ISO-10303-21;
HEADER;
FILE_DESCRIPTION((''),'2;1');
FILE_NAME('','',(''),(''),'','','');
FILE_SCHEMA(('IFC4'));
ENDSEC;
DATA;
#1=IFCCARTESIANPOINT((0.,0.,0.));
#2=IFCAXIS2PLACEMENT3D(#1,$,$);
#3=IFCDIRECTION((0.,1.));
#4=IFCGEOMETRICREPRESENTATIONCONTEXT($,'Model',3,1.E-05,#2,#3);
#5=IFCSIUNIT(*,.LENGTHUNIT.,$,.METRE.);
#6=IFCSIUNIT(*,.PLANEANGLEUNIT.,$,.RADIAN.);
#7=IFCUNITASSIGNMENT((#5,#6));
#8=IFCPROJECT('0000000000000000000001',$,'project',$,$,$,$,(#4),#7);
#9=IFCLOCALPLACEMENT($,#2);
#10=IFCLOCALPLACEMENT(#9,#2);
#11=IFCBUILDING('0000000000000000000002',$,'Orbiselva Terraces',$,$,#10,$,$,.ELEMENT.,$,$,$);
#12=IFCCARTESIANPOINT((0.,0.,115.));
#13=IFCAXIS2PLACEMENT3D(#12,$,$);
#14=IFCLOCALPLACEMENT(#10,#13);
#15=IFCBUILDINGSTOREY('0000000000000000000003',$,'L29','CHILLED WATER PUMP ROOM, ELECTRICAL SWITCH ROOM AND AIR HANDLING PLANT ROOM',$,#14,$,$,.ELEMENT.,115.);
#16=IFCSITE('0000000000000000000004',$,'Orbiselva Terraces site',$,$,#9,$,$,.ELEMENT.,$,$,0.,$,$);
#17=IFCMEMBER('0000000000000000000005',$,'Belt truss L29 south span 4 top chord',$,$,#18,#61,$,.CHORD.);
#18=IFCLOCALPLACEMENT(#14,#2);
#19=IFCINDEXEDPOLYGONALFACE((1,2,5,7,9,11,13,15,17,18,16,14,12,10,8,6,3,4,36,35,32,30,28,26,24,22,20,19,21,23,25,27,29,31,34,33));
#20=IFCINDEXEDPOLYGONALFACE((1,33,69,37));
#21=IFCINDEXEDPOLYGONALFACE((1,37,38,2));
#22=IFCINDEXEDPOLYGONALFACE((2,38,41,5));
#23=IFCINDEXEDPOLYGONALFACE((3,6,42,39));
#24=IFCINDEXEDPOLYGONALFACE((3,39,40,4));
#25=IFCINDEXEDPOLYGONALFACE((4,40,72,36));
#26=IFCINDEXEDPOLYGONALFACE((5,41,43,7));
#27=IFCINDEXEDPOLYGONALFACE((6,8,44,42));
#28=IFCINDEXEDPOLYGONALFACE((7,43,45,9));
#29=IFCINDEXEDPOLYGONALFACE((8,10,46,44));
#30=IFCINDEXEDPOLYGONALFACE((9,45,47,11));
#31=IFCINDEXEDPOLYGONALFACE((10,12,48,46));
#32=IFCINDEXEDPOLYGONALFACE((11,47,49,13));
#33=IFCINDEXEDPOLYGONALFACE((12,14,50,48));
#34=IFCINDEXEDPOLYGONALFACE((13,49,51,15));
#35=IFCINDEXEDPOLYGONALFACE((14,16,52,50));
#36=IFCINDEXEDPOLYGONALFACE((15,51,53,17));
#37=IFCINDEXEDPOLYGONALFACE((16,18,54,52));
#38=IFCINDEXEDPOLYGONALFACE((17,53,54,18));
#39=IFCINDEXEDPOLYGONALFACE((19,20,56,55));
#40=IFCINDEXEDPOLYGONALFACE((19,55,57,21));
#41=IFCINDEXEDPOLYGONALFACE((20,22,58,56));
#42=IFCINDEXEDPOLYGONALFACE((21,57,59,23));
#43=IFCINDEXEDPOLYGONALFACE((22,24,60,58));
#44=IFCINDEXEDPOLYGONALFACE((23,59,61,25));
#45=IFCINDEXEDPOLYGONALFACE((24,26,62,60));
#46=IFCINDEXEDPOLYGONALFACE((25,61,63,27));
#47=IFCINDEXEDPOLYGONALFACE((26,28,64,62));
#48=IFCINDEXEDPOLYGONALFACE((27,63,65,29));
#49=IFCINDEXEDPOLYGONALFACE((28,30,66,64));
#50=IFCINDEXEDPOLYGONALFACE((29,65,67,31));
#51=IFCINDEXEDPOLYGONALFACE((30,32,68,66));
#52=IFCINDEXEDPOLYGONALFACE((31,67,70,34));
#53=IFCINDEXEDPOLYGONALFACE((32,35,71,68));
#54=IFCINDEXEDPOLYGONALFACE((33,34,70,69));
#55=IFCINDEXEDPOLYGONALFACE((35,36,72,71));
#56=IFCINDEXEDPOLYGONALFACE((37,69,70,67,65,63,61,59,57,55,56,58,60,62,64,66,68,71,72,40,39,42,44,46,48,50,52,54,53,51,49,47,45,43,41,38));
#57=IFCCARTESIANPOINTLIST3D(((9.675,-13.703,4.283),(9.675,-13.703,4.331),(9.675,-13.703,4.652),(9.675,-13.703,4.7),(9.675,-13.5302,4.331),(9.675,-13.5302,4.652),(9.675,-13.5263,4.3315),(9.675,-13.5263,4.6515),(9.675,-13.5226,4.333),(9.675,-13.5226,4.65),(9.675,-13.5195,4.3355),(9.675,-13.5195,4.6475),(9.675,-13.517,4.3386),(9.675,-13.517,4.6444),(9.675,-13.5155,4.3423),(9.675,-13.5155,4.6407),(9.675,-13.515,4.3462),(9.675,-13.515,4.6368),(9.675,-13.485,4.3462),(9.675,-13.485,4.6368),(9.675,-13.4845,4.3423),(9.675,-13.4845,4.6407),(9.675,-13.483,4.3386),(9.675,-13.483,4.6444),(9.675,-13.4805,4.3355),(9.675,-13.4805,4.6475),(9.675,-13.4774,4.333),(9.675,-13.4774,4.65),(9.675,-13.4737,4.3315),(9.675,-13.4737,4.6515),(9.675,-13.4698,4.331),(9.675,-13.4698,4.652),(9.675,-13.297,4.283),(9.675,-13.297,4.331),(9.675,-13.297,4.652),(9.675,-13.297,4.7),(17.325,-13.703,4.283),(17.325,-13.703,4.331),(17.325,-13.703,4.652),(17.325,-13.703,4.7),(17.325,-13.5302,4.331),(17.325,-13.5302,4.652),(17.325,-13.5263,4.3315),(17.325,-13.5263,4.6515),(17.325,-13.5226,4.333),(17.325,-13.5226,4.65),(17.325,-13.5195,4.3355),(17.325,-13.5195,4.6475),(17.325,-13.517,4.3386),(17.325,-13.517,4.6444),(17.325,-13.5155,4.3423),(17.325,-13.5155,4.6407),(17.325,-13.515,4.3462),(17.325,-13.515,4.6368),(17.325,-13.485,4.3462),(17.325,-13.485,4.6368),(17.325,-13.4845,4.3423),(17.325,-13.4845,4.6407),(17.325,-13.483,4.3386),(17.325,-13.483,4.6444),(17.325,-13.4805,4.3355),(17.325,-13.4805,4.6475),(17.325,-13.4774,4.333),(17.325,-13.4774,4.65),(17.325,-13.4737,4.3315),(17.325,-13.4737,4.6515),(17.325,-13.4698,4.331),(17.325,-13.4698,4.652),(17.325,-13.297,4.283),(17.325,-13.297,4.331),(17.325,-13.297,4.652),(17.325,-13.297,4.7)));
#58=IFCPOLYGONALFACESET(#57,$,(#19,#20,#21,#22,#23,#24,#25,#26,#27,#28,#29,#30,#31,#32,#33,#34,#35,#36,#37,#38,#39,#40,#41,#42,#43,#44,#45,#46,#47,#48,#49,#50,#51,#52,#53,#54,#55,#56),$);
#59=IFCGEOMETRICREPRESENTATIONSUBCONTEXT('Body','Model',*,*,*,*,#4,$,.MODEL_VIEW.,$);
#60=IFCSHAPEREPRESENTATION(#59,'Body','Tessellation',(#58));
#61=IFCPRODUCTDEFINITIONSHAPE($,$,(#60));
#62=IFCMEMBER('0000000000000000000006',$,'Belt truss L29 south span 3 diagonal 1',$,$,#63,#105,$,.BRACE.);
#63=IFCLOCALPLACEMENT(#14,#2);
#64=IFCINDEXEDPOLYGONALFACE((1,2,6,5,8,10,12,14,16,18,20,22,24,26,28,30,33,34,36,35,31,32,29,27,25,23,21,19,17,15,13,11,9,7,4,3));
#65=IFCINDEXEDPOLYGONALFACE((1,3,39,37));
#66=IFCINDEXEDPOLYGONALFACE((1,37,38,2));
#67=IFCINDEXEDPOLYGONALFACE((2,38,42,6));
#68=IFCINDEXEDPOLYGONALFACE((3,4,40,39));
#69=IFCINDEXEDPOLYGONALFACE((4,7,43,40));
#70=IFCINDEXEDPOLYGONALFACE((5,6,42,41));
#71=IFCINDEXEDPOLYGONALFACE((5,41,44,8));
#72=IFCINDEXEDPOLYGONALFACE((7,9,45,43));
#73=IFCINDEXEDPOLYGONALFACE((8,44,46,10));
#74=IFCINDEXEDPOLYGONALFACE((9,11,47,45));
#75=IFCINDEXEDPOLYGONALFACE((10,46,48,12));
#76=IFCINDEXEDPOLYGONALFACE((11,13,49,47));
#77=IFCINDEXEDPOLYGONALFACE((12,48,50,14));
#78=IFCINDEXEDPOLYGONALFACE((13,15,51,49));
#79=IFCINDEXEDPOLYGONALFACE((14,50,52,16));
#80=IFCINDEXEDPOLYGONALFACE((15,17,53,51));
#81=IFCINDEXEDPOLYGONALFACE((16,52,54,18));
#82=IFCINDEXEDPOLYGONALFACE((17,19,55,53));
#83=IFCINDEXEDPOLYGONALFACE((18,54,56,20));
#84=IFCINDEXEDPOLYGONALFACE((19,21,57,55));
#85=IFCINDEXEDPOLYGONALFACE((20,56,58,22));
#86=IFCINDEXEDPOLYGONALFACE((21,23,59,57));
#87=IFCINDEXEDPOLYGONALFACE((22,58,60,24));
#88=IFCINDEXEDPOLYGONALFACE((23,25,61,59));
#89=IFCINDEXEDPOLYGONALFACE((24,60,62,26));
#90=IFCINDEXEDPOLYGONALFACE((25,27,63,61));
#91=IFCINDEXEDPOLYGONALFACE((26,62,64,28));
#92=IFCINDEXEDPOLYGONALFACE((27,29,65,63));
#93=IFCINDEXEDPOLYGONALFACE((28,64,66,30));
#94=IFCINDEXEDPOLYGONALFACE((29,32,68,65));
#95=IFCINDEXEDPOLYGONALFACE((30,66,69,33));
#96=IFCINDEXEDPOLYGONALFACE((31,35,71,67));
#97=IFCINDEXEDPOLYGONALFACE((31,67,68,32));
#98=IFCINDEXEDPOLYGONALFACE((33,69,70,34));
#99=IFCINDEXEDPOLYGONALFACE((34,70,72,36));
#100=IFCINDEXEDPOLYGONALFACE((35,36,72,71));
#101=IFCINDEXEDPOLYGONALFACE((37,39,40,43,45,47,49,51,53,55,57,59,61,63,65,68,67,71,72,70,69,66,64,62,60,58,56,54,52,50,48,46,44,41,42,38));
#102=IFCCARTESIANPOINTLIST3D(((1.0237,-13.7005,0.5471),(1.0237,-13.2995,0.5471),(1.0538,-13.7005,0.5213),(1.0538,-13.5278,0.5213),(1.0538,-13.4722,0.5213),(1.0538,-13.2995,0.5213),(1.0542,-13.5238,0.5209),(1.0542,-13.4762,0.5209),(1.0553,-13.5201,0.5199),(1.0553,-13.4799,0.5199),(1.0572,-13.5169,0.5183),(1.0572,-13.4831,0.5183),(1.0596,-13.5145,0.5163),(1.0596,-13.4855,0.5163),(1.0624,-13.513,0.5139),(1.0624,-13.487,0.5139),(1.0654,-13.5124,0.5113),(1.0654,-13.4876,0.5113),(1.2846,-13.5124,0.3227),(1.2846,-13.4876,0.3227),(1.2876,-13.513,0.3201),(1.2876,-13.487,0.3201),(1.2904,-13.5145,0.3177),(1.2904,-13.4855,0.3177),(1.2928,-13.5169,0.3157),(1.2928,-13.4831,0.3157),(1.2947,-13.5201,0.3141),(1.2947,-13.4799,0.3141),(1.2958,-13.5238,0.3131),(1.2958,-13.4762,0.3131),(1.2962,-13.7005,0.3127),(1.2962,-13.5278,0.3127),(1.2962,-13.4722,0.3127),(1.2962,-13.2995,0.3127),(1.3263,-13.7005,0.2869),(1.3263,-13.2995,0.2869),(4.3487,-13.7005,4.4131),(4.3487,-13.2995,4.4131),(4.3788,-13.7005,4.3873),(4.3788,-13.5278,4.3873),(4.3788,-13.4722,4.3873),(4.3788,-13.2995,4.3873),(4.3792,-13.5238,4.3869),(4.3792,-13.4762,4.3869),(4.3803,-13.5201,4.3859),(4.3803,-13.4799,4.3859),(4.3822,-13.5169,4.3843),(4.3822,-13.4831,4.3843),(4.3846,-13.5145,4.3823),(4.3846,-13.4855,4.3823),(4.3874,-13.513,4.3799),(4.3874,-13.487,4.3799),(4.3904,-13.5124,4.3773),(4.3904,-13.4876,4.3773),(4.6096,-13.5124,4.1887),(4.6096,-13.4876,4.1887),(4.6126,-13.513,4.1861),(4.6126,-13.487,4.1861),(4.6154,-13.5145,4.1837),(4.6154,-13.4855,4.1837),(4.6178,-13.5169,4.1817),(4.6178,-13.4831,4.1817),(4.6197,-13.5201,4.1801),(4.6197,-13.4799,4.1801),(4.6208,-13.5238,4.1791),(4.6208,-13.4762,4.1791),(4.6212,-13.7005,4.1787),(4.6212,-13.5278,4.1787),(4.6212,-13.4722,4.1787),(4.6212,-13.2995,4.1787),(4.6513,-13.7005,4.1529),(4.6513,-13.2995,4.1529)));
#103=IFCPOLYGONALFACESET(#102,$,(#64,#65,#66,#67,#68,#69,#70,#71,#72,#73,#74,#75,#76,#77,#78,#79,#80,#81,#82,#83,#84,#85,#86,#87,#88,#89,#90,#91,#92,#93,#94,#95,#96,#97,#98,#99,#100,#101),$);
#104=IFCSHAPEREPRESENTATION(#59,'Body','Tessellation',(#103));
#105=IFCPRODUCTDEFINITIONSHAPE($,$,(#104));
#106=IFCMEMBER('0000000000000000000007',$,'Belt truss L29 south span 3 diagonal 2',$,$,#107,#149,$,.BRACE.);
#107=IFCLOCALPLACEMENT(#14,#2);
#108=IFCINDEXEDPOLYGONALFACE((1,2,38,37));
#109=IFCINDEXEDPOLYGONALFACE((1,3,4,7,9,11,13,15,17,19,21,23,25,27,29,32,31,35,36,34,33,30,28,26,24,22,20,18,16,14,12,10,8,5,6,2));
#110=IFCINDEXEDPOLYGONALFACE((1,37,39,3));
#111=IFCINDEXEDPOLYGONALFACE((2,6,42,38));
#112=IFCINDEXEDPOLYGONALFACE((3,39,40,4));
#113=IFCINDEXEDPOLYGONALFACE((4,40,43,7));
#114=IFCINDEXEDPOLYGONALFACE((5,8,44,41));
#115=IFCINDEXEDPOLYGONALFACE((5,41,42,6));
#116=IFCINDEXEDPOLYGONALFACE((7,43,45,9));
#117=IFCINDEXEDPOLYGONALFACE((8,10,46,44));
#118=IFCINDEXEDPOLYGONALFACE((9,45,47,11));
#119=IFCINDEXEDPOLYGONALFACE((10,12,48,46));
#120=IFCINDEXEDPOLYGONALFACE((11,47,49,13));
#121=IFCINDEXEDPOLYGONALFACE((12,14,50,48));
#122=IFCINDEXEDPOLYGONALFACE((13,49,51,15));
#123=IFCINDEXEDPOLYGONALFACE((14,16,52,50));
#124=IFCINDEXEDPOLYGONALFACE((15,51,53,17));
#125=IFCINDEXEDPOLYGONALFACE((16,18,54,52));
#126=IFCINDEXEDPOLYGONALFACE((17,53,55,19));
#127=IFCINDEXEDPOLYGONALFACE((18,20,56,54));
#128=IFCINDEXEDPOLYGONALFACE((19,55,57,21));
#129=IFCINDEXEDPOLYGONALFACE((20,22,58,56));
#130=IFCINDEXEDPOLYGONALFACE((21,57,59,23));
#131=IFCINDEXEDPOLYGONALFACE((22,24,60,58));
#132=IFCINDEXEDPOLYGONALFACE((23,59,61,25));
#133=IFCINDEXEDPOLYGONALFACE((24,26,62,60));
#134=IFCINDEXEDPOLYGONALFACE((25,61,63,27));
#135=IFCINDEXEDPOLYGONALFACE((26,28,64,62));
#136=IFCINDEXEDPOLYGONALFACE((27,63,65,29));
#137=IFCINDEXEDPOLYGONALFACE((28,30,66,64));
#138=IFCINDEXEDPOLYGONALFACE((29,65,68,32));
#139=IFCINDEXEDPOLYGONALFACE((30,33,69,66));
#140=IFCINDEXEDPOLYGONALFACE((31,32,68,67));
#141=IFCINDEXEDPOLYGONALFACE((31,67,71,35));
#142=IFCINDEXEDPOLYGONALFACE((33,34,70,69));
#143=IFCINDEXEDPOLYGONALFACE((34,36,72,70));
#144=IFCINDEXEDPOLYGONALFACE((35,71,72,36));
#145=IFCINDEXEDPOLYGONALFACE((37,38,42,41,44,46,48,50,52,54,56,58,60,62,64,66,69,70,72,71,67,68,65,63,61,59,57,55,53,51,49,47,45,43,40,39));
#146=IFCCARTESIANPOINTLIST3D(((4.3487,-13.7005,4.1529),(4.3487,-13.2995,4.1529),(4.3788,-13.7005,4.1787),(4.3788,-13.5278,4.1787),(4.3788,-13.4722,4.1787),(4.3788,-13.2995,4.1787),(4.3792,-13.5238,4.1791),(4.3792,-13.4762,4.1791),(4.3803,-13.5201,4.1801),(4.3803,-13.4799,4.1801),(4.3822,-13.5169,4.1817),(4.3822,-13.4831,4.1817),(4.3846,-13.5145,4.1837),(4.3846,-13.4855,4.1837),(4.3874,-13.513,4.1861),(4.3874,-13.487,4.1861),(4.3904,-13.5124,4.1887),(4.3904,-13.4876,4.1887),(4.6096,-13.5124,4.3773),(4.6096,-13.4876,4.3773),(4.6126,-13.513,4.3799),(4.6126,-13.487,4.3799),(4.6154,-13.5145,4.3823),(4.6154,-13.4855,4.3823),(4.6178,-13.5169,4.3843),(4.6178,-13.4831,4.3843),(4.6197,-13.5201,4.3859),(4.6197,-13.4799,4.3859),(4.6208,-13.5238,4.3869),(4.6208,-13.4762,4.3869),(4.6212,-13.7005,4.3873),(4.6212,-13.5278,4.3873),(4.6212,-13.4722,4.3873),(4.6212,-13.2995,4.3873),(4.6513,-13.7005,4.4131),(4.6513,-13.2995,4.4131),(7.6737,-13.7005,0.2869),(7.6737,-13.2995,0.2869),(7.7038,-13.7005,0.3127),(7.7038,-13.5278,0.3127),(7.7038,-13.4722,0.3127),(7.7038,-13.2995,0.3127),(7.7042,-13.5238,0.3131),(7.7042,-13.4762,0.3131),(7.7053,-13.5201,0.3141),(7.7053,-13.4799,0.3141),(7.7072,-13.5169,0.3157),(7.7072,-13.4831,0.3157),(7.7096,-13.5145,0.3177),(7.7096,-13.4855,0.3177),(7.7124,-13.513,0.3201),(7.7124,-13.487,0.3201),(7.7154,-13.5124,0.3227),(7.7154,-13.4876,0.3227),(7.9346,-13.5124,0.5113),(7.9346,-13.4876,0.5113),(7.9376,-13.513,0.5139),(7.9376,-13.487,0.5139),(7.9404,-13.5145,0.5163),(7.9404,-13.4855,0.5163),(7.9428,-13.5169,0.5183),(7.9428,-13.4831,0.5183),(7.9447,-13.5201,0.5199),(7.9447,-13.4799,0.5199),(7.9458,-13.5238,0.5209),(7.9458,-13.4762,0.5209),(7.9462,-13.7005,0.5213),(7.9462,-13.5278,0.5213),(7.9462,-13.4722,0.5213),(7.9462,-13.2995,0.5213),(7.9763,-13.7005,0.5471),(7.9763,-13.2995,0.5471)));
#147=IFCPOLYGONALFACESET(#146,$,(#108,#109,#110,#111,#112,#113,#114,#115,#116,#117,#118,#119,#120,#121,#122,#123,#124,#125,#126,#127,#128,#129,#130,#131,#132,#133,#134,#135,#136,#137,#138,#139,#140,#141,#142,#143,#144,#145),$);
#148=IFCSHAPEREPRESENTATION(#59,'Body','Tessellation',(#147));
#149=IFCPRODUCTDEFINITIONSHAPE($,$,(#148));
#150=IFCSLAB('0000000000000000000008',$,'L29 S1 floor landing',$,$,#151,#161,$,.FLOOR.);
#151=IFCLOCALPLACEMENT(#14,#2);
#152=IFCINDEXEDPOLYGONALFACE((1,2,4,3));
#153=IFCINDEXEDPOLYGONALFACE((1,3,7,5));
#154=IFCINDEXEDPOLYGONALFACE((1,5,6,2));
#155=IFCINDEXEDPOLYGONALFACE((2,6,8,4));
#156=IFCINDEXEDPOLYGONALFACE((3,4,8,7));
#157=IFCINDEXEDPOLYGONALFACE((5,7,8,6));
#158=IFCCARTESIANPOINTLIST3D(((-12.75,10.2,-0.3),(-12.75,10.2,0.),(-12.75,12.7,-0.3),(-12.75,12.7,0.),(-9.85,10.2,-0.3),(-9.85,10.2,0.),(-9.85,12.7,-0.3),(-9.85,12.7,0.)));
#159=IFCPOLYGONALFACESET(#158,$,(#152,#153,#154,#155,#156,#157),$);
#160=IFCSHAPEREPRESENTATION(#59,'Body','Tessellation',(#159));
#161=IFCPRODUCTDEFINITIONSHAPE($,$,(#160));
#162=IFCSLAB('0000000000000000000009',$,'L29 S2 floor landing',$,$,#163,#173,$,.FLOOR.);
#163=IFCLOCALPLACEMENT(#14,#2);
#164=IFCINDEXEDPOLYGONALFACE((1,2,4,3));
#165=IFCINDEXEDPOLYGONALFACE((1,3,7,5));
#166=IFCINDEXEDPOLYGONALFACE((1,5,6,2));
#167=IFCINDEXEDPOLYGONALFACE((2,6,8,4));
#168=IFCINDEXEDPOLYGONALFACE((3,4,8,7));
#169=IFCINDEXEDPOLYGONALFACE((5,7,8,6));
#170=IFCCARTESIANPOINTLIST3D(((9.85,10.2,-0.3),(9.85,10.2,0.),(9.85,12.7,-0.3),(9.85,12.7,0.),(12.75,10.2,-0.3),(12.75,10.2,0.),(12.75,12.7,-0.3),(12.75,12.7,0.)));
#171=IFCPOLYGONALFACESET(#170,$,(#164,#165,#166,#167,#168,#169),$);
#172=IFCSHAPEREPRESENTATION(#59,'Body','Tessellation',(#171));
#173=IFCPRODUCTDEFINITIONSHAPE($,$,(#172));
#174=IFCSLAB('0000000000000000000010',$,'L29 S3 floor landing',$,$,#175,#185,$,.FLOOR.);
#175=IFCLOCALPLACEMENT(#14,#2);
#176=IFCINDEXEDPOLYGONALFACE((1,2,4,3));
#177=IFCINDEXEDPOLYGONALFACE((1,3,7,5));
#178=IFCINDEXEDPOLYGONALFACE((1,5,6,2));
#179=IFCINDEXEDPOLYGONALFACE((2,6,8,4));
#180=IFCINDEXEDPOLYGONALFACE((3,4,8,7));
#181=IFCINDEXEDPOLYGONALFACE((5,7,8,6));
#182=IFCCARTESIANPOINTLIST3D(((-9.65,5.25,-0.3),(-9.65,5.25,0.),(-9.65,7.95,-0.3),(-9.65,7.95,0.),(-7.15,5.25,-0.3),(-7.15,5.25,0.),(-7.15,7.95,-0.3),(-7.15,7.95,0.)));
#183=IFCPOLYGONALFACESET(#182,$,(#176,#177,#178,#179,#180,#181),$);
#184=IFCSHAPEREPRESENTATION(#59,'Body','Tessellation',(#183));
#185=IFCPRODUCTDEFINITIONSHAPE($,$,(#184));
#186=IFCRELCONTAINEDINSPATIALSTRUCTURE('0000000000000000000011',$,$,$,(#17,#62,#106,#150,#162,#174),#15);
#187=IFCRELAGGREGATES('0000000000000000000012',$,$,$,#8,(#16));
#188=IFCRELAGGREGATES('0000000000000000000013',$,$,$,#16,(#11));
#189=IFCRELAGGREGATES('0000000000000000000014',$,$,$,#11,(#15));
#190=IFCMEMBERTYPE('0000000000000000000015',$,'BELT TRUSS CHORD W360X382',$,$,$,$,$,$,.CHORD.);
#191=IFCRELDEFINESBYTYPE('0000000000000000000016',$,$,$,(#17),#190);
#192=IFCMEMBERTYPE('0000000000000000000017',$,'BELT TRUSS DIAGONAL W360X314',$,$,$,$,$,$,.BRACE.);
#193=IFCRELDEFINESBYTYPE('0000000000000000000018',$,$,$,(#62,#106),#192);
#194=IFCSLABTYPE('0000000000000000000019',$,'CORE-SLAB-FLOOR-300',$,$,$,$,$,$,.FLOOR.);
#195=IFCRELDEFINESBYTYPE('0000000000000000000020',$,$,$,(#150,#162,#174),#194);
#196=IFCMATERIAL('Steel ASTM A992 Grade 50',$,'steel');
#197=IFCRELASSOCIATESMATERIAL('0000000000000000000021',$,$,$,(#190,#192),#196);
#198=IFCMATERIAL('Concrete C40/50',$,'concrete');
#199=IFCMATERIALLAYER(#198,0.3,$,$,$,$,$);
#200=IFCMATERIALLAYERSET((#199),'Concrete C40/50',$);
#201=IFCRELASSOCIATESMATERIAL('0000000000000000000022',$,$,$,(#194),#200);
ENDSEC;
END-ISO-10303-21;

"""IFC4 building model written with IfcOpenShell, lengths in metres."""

from ifc_helpers import new_model, si_unit, direction, frame, origin, origin_2d, place, context, subcontext, project, spatial, polyline, i_section, outline, extrude, material, layer, layer_set, material_profile, profile_set, type_object, element, save


model = new_model("IFC4")

# Units and contexts
model_context = context("Model", 3, precision=1e-05, world=origin(), true_north=direction((0.0, 1.0)))
body_context = subcontext(model_context, "Body", "Model", "MODEL_VIEW")
ifc_project = project(units=[si_unit("LENGTHUNIT", "METRE"), si_unit("PLANEANGLEUNIT", "RADIAN")], contexts=[model_context])

# Site, building, storey
site_placement = place(None, origin())
site = spatial("IfcSite", under=ifc_project, at=site_placement, Name="Orbiselva Terraces site", CompositionType="ELEMENT", RefElevation=0.0)
building_placement = place(site_placement, origin())
building = spatial("IfcBuilding", under=site, at=building_placement, Name="Orbiselva Terraces", CompositionType="ELEMENT")
storey_placement = place(building_placement, frame((0.0, 0.0, 115.0)))
storey = spatial("IfcBuildingStorey", under=building, at=storey_placement, Name="L29", Description="CHILLED WATER PUMP ROOM, ELECTRICAL SWITCH ROOM AND AIR HANDLING PLANT ROOM", CompositionType="ELEMENT", Elevation=115.0)

# Members
ifc_material_1 = material(Name="Steel ASTM A992 Grade 50", Category="steel")
ifc_material_profile_1 = material_profile(ifc_material_1, i_section(OverallWidth=0.406, OverallDepth=0.417, WebThickness=0.03, FlangeThickness=0.048, FilletRadius=0.0152, at=origin_2d()), Name="W360X382")
ifc_profile_set_1 = profile_set([ifc_material_profile_1], Name="Steel ASTM A992 Grade 50")
member_type_1 = type_object("IfcMemberType", Name="BELT TRUSS CHORD W360X382", PredefinedType="CHORD", material=ifc_profile_set_1)
for number, where, z_axis, x_axis, name in (
    (1, (9.675, -13.5, 4.4915), (1.0, 0.0, 0.0), (0.0, 1.0, 0.0), "Belt truss L29 south span 4 top chord"),
):
    element("IfcMember", number, at=place(storey_placement, frame(where, z_axis=z_axis, x_axis=x_axis)), inside=storey, type_object=member_type_1, Name=name, PredefinedType="CHORD", context=body_context, shape_type="SweptSolid", body=[
        extrude(i_section(OverallWidth=0.406, OverallDepth=0.417, WebThickness=0.03, FlangeThickness=0.048, FilletRadius=0.0152, at=origin_2d()), origin(), (0.0, 0.0, 1.0), 7.65),
    ])
ifc_material_profile_2 = material_profile(ifc_material_1, i_section(OverallWidth=0.401, OverallDepth=0.399, WebThickness=0.0249, FlangeThickness=0.0396, FilletRadius=0.0153, at=origin_2d()), Name="W360X314")
ifc_profile_set_2 = profile_set([ifc_material_profile_2], Name="Steel ASTM A992 Grade 50")
member_type_2 = type_object("IfcMemberType", Name="BELT TRUSS DIAGONAL W360X314", PredefinedType="BRACE", material=ifc_profile_set_2)
for number, where, z_axis, x_axis, name in (
    (2, (1.175, -13.5, 0.417), (0.652066, 0.0, 0.758162), (0.0, 1.0, 0.0), "Belt truss L29 south span 3 diagonal 1"),
    (3, (4.5, -13.5, 4.283), (0.652066, 0.0, -0.758162), (0.0, 1.0, 0.0), "Belt truss L29 south span 3 diagonal 2"),
):
    element("IfcMember", number, at=place(storey_placement, frame(where, z_axis=z_axis, x_axis=x_axis)), inside=storey, type_object=member_type_2, Name=name, PredefinedType="BRACE", context=body_context, shape_type="SweptSolid", body=[
        extrude(i_section(OverallWidth=0.401, OverallDepth=0.399, WebThickness=0.0249, FlangeThickness=0.0396, FilletRadius=0.0153, at=origin_2d()), origin(), (0.0, 0.0, 1.0), 5.0992),
    ])

# Slabs
ifc_material_2 = material(Name="Concrete C40/50", Category="concrete")
ifc_layer_1 = layer(ifc_material_2, 0.3)
ifc_layer_set_1 = layer_set([ifc_layer_1], Name="Concrete C40/50")
slab_type_1 = type_object("IfcSlabType", Name="CORE-SLAB-FLOOR-300", PredefinedType="FLOOR", material=ifc_layer_set_1)
slab_1_placement = place(storey_placement, frame((0.0, 0.0, -0.3)))
element("IfcSlab", 4, at=slab_1_placement, inside=storey, type_object=slab_type_1, Name="L29 S1 floor landing", PredefinedType="FLOOR", context=body_context, shape_type="SweptSolid", body=[
    extrude(outline(polyline([(-12.75, 12.7), (-9.85, 12.7), (-9.85, 10.2), (-12.75, 10.2), (-12.75, 12.7)])), origin(), (0.0, 0.0, 1.0), 0.3),
])
slab_2_placement = place(storey_placement, frame((0.0, 0.0, -0.3)))
element("IfcSlab", 5, at=slab_2_placement, inside=storey, type_object=slab_type_1, Name="L29 S2 floor landing", PredefinedType="FLOOR", context=body_context, shape_type="SweptSolid", body=[
    extrude(outline(polyline([(12.75, 10.2), (9.85, 10.2), (9.85, 12.7), (12.75, 12.7), (12.75, 10.2)])), origin(), (0.0, 0.0, 1.0), 0.3),
])
slab_3_placement = place(storey_placement, frame((0.0, 0.0, -0.3)))
element("IfcSlab", 6, at=slab_3_placement, inside=storey, type_object=slab_type_1, Name="L29 S3 floor landing", PredefinedType="FLOOR", context=body_context, shape_type="SweptSolid", body=[
    extrude(outline(polyline([(-9.65, 5.25), (-9.65, 7.95), (-7.15, 7.95), (-7.15, 5.25), (-9.65, 5.25)])), origin(), (0.0, 0.0, 1.0), 0.3),
])

save(model, "model.ifc")
